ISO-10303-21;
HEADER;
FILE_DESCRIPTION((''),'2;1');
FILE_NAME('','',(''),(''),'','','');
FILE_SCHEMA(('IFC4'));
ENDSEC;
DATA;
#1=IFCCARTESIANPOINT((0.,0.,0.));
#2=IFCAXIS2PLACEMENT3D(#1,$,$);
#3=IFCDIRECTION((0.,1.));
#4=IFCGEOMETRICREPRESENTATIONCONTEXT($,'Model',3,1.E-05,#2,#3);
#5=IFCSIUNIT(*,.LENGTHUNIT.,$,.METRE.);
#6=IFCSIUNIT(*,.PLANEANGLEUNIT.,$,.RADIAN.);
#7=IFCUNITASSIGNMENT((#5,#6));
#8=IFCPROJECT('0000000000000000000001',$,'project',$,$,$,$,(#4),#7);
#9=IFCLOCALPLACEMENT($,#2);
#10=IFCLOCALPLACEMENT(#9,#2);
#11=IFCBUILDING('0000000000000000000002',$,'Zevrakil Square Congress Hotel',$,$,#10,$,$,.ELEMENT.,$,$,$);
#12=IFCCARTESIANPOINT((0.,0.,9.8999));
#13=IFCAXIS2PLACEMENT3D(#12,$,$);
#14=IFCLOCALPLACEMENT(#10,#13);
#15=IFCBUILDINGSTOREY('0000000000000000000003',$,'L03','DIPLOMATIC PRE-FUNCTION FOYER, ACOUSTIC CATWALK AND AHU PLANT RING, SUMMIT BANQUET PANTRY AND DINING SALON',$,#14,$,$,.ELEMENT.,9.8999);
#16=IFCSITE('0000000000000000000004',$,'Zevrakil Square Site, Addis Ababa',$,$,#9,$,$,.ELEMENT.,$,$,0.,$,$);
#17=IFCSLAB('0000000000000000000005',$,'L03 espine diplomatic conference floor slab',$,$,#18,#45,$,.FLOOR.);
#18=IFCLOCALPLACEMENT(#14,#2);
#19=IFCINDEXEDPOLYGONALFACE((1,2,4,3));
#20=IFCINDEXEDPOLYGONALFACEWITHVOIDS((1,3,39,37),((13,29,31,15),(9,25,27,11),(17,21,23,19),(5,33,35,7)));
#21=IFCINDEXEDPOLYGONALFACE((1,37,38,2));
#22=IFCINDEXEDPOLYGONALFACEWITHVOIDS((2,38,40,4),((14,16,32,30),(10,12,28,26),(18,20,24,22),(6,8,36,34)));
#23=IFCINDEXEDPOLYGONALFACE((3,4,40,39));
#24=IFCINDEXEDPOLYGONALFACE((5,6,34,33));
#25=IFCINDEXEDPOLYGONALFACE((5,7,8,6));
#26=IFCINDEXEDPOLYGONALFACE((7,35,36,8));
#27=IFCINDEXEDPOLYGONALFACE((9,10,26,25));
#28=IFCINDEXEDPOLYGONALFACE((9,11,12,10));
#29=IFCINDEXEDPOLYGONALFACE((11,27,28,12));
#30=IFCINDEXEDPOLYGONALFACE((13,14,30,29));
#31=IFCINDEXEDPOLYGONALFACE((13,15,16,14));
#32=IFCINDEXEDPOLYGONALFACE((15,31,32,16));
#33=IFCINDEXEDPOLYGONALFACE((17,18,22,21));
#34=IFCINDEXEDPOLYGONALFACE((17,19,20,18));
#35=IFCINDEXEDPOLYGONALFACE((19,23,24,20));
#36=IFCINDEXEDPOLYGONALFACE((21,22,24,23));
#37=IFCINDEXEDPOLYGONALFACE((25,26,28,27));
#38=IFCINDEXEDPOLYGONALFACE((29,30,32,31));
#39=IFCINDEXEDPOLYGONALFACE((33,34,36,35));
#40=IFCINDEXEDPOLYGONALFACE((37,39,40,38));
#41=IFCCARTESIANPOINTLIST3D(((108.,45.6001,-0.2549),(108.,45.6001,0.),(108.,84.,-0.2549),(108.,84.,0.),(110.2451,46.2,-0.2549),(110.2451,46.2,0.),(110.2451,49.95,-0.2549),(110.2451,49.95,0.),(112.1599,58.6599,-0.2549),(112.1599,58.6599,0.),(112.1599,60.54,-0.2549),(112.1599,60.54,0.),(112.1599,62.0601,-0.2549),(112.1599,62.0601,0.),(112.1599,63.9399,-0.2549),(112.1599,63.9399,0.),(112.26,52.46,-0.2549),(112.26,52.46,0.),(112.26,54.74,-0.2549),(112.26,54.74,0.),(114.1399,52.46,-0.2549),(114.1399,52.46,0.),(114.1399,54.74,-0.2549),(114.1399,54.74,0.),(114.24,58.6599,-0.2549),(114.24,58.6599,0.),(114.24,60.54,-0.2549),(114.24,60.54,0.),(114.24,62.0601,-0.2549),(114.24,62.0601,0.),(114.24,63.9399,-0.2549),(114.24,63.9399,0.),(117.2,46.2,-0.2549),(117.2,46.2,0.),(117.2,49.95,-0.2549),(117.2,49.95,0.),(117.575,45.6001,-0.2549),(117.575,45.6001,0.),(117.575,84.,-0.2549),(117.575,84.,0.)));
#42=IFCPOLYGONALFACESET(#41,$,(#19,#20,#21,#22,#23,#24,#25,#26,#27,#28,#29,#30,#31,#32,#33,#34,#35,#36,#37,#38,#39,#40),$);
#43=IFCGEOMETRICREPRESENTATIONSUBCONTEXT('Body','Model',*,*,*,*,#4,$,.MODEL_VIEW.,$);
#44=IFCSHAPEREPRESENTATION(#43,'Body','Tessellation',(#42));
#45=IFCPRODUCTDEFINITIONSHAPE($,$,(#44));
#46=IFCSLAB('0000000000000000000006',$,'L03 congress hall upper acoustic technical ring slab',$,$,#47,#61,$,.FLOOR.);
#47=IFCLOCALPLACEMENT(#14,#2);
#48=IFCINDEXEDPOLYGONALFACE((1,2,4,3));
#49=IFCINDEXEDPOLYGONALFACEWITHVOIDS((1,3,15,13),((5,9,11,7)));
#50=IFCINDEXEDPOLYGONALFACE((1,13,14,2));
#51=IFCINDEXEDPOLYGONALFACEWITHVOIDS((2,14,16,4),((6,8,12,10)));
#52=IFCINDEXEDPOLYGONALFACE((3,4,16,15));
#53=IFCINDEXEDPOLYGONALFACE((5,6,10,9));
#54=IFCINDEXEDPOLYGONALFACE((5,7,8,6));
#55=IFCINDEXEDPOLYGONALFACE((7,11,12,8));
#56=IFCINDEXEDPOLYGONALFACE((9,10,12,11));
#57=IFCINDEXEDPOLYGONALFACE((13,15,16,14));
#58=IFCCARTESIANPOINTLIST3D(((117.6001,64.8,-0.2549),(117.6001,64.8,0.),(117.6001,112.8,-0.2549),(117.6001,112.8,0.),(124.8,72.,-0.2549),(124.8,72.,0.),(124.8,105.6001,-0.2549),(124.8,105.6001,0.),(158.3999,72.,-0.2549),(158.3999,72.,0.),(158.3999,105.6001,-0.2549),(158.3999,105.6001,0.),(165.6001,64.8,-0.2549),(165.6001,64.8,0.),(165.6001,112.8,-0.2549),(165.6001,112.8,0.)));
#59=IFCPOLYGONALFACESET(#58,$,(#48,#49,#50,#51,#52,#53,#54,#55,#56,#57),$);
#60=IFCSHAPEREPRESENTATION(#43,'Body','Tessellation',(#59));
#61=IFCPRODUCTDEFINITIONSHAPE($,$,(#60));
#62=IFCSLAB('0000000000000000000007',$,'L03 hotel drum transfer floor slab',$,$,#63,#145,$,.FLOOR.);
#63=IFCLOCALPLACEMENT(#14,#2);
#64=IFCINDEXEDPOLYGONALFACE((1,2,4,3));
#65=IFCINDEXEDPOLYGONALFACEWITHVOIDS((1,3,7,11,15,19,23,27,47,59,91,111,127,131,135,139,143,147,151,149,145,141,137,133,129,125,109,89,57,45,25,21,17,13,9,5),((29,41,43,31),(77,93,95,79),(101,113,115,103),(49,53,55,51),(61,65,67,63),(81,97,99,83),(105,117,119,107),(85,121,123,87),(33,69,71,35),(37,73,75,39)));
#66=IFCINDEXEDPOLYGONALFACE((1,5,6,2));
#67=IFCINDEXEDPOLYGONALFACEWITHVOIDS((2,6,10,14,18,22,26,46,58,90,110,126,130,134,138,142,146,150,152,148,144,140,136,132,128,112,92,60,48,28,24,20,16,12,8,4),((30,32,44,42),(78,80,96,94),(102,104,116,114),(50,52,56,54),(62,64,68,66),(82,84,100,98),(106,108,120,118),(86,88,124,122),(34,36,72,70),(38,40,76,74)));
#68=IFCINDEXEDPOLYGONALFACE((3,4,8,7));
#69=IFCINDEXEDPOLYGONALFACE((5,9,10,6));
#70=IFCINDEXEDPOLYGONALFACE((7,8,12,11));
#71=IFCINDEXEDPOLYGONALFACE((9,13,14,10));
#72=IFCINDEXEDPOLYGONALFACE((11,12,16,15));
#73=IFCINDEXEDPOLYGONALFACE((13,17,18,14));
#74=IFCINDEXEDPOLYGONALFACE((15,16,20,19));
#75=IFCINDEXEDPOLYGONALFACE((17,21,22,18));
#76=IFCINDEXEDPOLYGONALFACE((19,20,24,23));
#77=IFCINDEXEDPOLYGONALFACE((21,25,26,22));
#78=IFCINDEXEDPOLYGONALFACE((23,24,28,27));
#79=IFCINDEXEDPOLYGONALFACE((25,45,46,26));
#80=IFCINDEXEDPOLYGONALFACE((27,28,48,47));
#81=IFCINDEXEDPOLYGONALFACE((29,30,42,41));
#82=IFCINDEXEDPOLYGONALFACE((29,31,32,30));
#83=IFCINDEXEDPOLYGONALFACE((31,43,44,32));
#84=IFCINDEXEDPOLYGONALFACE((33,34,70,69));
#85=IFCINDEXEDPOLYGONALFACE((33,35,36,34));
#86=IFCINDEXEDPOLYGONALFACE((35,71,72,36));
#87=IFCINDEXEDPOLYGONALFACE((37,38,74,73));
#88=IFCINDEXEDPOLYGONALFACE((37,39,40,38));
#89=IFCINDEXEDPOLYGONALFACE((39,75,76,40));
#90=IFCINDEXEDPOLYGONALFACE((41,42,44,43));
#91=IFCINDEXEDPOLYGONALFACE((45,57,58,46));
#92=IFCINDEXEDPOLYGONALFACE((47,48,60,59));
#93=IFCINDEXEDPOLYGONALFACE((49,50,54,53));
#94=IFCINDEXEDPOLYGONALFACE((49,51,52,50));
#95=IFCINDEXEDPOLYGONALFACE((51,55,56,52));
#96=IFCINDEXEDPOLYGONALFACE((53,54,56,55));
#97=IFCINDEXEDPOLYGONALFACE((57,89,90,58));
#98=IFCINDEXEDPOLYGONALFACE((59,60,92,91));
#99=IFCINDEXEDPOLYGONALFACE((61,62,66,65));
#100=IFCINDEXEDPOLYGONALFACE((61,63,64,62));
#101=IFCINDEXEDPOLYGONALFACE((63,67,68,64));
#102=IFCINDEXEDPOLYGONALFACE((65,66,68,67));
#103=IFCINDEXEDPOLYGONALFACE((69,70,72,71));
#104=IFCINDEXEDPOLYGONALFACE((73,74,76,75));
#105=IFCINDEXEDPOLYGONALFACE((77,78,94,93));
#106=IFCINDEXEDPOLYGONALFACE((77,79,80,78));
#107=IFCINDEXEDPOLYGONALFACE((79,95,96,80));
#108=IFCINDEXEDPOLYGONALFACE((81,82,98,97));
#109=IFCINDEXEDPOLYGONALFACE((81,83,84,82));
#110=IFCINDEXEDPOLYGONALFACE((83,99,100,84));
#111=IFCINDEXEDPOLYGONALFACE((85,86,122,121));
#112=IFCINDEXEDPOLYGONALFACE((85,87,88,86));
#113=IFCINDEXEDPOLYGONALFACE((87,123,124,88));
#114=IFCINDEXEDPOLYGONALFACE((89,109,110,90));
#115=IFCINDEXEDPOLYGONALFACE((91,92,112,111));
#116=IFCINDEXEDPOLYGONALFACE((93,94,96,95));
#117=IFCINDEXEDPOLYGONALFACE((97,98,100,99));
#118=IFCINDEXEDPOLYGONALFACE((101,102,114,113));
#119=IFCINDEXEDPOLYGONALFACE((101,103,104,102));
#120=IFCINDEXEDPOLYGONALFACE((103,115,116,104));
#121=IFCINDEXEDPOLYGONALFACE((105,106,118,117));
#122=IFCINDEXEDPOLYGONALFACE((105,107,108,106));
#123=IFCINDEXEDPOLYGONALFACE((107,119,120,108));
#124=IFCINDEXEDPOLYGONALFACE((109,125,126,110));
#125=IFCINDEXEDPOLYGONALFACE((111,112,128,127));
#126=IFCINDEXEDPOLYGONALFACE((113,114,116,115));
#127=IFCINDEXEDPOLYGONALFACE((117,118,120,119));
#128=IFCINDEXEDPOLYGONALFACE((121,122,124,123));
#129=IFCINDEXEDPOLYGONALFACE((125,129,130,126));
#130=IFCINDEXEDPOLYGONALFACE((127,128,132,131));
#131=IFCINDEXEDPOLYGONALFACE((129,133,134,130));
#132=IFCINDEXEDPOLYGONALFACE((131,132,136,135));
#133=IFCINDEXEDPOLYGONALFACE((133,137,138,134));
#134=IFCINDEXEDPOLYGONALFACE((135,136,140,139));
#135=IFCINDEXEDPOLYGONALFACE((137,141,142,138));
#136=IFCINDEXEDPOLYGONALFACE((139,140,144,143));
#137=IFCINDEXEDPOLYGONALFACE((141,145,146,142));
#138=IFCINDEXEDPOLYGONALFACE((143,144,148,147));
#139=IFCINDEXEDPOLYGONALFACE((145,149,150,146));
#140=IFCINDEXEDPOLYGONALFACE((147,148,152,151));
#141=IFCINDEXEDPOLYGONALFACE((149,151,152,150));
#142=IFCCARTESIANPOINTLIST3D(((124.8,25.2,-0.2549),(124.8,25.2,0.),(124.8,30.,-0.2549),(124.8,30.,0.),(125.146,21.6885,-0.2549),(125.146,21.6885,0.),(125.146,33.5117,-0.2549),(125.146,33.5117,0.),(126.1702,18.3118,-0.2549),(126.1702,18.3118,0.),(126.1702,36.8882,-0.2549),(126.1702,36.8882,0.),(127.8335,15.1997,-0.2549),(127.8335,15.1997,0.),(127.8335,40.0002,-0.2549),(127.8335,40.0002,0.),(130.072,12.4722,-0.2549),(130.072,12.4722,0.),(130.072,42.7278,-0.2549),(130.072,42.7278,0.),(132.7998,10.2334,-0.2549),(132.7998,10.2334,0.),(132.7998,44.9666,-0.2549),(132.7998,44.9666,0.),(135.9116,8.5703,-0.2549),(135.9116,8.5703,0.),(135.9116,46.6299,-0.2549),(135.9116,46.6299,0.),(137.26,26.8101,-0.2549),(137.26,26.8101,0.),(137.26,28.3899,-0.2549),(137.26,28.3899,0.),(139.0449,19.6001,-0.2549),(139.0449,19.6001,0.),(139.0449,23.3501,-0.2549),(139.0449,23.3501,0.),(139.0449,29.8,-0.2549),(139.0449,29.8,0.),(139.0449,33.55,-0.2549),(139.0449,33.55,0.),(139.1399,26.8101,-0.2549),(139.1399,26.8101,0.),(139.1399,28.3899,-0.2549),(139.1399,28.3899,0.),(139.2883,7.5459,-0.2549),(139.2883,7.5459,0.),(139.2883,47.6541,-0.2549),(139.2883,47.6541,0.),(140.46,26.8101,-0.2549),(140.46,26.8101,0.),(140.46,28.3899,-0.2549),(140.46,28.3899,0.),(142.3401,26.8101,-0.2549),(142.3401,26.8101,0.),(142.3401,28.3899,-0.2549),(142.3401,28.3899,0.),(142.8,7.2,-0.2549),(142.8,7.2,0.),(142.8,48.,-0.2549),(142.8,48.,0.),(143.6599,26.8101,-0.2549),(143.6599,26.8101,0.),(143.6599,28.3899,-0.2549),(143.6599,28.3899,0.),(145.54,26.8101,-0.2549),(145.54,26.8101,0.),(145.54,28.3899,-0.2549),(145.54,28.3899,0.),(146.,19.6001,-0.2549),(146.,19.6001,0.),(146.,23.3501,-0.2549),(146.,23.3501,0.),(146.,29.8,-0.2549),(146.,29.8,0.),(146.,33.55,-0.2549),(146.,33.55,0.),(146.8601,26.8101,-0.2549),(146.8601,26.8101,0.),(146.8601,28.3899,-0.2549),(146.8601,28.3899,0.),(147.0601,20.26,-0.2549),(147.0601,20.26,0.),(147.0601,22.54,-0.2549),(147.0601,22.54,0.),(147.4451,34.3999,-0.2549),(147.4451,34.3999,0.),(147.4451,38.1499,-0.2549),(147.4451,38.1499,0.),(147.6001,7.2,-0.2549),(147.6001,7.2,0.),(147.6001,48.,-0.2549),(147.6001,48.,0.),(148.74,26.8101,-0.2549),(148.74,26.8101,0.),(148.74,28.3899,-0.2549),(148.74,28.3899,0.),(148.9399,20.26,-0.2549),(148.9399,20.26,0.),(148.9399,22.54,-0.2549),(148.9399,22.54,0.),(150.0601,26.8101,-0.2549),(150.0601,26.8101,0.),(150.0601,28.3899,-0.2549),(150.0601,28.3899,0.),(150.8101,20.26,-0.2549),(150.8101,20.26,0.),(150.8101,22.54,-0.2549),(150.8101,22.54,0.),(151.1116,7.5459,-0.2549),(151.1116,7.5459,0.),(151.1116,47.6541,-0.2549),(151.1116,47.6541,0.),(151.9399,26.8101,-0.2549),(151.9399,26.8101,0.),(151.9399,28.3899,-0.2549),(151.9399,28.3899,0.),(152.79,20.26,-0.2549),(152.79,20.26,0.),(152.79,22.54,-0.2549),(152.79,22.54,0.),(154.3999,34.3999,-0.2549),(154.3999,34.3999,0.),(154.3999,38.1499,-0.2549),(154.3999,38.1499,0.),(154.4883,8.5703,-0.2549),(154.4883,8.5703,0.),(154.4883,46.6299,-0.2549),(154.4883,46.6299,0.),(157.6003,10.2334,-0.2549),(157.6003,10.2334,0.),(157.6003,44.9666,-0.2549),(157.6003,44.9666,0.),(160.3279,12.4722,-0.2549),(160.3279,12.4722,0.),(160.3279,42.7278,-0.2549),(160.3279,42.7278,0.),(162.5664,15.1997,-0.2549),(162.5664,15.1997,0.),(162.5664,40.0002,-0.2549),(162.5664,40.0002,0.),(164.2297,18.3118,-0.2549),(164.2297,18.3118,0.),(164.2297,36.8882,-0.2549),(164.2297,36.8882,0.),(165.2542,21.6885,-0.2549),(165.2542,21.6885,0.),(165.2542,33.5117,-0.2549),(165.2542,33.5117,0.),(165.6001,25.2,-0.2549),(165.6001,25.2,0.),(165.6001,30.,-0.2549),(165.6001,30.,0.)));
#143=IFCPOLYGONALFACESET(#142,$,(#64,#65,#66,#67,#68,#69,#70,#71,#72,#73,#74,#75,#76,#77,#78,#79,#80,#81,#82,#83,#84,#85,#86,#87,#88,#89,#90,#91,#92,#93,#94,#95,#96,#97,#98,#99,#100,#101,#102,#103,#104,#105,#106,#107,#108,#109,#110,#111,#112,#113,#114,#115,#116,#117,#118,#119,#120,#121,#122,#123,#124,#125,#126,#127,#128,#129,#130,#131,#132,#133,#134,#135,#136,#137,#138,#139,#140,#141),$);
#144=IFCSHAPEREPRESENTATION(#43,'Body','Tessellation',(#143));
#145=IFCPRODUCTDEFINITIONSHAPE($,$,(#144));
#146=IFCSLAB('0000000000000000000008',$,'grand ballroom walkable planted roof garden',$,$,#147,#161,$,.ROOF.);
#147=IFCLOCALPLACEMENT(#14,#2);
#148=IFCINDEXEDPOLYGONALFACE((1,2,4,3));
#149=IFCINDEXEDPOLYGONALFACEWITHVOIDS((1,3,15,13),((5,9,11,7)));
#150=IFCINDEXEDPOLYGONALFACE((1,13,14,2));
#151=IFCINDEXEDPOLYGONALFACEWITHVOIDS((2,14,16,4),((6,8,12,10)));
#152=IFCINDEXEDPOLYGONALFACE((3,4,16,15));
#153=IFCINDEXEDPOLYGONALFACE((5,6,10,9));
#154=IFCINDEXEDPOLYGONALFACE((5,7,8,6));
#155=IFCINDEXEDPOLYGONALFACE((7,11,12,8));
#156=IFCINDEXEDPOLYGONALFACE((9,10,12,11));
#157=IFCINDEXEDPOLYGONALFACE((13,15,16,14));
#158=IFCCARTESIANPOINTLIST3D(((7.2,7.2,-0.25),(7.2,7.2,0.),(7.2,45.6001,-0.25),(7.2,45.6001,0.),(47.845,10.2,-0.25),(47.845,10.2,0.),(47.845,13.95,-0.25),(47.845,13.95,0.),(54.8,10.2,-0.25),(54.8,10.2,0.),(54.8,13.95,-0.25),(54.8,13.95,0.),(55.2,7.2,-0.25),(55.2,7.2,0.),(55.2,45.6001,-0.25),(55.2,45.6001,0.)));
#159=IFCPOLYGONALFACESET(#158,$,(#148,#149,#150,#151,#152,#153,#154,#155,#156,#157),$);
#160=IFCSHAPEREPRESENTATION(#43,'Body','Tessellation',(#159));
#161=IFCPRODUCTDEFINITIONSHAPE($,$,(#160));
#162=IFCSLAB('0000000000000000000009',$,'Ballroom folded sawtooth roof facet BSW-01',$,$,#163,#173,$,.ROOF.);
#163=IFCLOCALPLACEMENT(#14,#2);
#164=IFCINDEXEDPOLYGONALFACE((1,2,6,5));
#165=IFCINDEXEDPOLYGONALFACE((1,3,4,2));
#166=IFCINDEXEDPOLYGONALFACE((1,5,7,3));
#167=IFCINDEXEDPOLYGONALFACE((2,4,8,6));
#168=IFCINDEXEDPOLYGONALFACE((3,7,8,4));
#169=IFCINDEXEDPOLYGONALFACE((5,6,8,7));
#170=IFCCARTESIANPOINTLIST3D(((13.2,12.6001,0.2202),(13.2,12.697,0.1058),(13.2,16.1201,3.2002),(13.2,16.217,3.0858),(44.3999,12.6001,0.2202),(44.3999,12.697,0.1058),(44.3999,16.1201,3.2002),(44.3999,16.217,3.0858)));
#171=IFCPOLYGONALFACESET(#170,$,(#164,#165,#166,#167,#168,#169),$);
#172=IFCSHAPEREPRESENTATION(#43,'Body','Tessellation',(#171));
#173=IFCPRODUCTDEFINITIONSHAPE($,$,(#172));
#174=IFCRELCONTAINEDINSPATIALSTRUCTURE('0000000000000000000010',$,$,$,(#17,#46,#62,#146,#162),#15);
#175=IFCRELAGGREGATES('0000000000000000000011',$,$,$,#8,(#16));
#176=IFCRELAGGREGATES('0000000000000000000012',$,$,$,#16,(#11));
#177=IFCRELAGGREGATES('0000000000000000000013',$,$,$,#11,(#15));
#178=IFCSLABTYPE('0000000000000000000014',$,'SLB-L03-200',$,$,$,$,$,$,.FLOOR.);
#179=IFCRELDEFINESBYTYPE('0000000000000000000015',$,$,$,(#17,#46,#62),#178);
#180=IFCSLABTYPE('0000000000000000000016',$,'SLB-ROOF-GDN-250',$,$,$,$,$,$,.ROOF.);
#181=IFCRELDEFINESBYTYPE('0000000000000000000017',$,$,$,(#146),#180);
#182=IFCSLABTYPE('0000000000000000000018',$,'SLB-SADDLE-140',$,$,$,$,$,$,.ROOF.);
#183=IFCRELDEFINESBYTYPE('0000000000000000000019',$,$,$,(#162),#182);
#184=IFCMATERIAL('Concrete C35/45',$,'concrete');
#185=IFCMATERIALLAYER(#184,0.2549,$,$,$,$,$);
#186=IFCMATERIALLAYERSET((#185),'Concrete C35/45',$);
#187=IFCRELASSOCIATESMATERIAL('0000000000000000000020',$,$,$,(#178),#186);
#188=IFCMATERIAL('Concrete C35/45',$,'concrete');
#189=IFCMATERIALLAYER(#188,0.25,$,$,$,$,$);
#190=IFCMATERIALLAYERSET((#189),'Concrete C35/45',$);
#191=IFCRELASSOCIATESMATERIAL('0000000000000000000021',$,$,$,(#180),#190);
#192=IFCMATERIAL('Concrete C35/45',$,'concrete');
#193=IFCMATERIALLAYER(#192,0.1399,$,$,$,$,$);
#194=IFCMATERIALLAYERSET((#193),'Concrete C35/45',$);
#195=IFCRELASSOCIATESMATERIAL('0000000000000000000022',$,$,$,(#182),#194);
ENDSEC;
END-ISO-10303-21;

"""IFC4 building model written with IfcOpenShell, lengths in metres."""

from ifc_helpers import new_model, si_unit, direction, frame, origin, place, context, subcontext, project, spatial, polyline, outline, extrude, material, layer, layer_set, type_object, element, save


model = new_model("IFC4")

# Units and contexts
model_context = context("Model", 3, precision=1e-05, world=origin(), true_north=direction((0.0, 1.0)))
body_context = subcontext(model_context, "Body", "Model", "MODEL_VIEW")
ifc_project = project(units=[si_unit("LENGTHUNIT", "METRE"), si_unit("PLANEANGLEUNIT", "RADIAN")], contexts=[model_context])

# Site, building, storey
site_placement = place(None, origin())
site = spatial("IfcSite", under=ifc_project, at=site_placement, Name="Zevrakil Square Site, Addis Ababa", CompositionType="ELEMENT", RefElevation=0.0)
building_placement = place(site_placement, origin())
building = spatial("IfcBuilding", under=site, at=building_placement, Name="Zevrakil Square Congress Hotel", CompositionType="ELEMENT")
storey_placement = place(building_placement, frame((0.0, 0.0, 9.8999)))
storey = spatial("IfcBuildingStorey", under=building, at=storey_placement, Name="L03", Description="DIPLOMATIC PRE-FUNCTION FOYER, ACOUSTIC CATWALK AND AHU PLANT RING, SUMMIT BANQUET PANTRY AND DINING SALON", CompositionType="ELEMENT", Elevation=9.8999)

# Slabs
ifc_material_1 = material(Name="Concrete C35/45", Category="concrete")
ifc_layer_1 = layer(ifc_material_1, 0.2549)
ifc_layer_set_1 = layer_set([ifc_layer_1], Name="Concrete C35/45")
slab_type_1 = type_object("IfcSlabType", Name="SLB-L03-200", PredefinedType="FLOOR", material=ifc_layer_set_1)
slab_1_placement = place(storey_placement, frame((0.0, 0.0, -0.2549)))
element("IfcSlab", 1, at=slab_1_placement, inside=storey, type_object=slab_type_1, Name="L03 espine diplomatic conference floor slab", PredefinedType="FLOOR", context=body_context, shape_type="SweptSolid", body=[
    extrude(outline(polyline([(108.0, 45.6001), (108.0, 84.0), (117.575, 84.0), (117.575, 45.6001), (108.0, 45.6001)]), holes=[polyline([(110.2451, 46.2), (117.2, 46.2), (117.2, 49.95), (110.2451, 49.95), (110.2451, 46.2)]), polyline([(112.26, 52.46), (114.1399, 52.46), (114.1399, 54.74), (112.26, 54.74), (112.26, 52.46)]), polyline([(112.1599, 58.6599), (114.24, 58.6599), (114.24, 60.54), (112.1599, 60.54), (112.1599, 58.6599)]), polyline([(112.1599, 62.0601), (114.24, 62.0601), (114.24, 63.9399), (112.1599, 63.9399), (112.1599, 62.0601)])]), origin(), (0.0, 0.0, 1.0), 0.2549),
])
slab_2_placement = place(storey_placement, frame((0.0, 0.0, -0.2549)))
element("IfcSlab", 2, at=slab_2_placement, inside=storey, type_object=slab_type_1, Name="L03 congress hall upper acoustic technical ring slab", PredefinedType="FLOOR", context=body_context, shape_type="SweptSolid", body=[
    extrude(outline(polyline([(117.6001, 64.8), (165.6001, 64.8), (165.6001, 112.8), (117.6001, 112.8), (117.6001, 64.8)]), holes=[polyline([(124.8, 72.0), (158.3999, 72.0), (158.3999, 105.6001), (124.8, 105.6001), (124.8, 72.0)])]), origin(), (0.0, 0.0, 1.0), 0.2549),
])
slab_3_placement = place(storey_placement, frame((0.0, 0.0, -0.2549)))
element("IfcSlab", 3, at=slab_3_placement, inside=storey, type_object=slab_type_1, Name="L03 hotel drum transfer floor slab", PredefinedType="FLOOR", context=body_context, shape_type="SweptSolid", body=[
    extrude(outline(polyline([(147.6001, 7.2), (151.1116, 7.5459), (154.4883, 8.5703), (157.6003, 10.2334), (160.3279, 12.4722), (162.5664, 15.1997), (164.2297, 18.3118), (165.2542, 21.6885), (165.6001, 25.2), (165.6001, 30.0), (165.2542, 33.5117), (164.2297, 36.8882), (162.5664, 40.0002), (160.3279, 42.7278), (157.6003, 44.9666), (154.4883, 46.6299), (151.1116, 47.6541), (147.6001, 48.0), (142.8, 48.0), (139.2883, 47.6541), (135.9116, 46.6299), (132.7998, 44.9666), (130.072, 42.7278), (127.8335, 40.0002), (126.1702, 36.8882), (125.146, 33.5117), (124.8, 30.0), (124.8, 25.2), (125.146, 21.6885), (126.1702, 18.3118), (127.8335, 15.1997), (130.072, 12.4722), (132.7998, 10.2334), (135.9116, 8.5703), (139.2883, 7.5459), (142.8, 7.2), (147.6001, 7.2)]), holes=[polyline([(139.0449, 19.6001), (146.0, 19.6001), (146.0, 23.3501), (139.0449, 23.3501), (139.0449, 19.6001)]), polyline([(139.0449, 29.8), (146.0, 29.8), (146.0, 33.55), (139.0449, 33.55), (139.0449, 29.8)]), polyline([(147.4451, 34.3999), (154.3999, 34.3999), (154.3999, 38.1499), (147.4451, 38.1499), (147.4451, 34.3999)]), polyline([(137.26, 26.8101), (139.1399, 26.8101), (139.1399, 28.3899), (137.26, 28.3899), (137.26, 26.8101)]), polyline([(140.46, 26.8101), (142.3401, 26.8101), (142.3401, 28.3899), (140.46, 28.3899), (140.46, 26.8101)]), polyline([(143.6599, 26.8101), (145.54, 26.8101), (145.54, 28.3899), (143.6599, 28.3899), (143.6599, 26.8101)]), polyline([(146.8601, 26.8101), (148.74, 26.8101), (148.74, 28.3899), (146.8601, 28.3899), (146.8601, 26.8101)]), polyline([(150.0601, 26.8101), (151.9399, 26.8101), (151.9399, 28.3899), (150.0601, 28.3899), (150.0601, 26.8101)]), polyline([(147.0601, 20.26), (148.9399, 20.26), (148.9399, 22.54), (147.0601, 22.54), (147.0601, 20.26)]), polyline([(150.8101, 20.26), (152.79, 20.26), (152.79, 22.54), (150.8101, 22.54), (150.8101, 20.26)])]), origin(), (0.0, 0.0, 1.0), 0.2549),
])
ifc_material_2 = material(Name="Concrete C35/45", Category="concrete")
ifc_layer_2 = layer(ifc_material_2, 0.25)
ifc_layer_set_2 = layer_set([ifc_layer_2], Name="Concrete C35/45")
slab_type_2 = type_object("IfcSlabType", Name="SLB-ROOF-GDN-250", PredefinedType="ROOF", material=ifc_layer_set_2)
slab_4_placement = place(storey_placement, frame((0.0, 0.0, -0.25)))
element("IfcSlab", 4, at=slab_4_placement, inside=storey, type_object=slab_type_2, Name="grand ballroom walkable planted roof garden", PredefinedType="ROOF", context=body_context, shape_type="SweptSolid", body=[
    extrude(outline(polyline([(7.2, 7.2), (55.2, 7.2), (55.2, 45.6001), (7.2, 45.6001), (7.2, 7.2)]), holes=[polyline([(47.845, 10.2), (54.8, 10.2), (54.8, 13.95), (47.845, 13.95), (47.845, 10.2)])]), origin(), (0.0, 0.0, 1.0), 0.25),
])
ifc_material_3 = material(Name="Concrete C35/45", Category="concrete")
ifc_layer_3 = layer(ifc_material_3, 0.1399)
ifc_layer_set_3 = layer_set([ifc_layer_3], Name="Concrete C35/45")
slab_type_3 = type_object("IfcSlabType", Name="SLB-SADDLE-140", PredefinedType="ROOF", material=ifc_layer_set_3)
slab_5_placement = place(storey_placement, frame((13.2, 12.6001, 0.2202), z_axis=(0.0, -0.646132, 0.763226), x_axis=(1.0, 0.0, 0.0)))
element("IfcSlab", 5, at=slab_5_placement, inside=storey, type_object=slab_type_3, Name="Ballroom folded sawtooth roof facet BSW-01", PredefinedType="ROOF", context=body_context, shape_type="SweptSolid", body=[
    extrude(outline(polyline([(0.0, 0.0), (31.2, 0.0), (31.2, 4.612), (0.0, 4.612), (0.0, 0.0)])), origin(), (0.0, 0.0, -1.0), 0.1499),
])

save(model, "model.ifc")
